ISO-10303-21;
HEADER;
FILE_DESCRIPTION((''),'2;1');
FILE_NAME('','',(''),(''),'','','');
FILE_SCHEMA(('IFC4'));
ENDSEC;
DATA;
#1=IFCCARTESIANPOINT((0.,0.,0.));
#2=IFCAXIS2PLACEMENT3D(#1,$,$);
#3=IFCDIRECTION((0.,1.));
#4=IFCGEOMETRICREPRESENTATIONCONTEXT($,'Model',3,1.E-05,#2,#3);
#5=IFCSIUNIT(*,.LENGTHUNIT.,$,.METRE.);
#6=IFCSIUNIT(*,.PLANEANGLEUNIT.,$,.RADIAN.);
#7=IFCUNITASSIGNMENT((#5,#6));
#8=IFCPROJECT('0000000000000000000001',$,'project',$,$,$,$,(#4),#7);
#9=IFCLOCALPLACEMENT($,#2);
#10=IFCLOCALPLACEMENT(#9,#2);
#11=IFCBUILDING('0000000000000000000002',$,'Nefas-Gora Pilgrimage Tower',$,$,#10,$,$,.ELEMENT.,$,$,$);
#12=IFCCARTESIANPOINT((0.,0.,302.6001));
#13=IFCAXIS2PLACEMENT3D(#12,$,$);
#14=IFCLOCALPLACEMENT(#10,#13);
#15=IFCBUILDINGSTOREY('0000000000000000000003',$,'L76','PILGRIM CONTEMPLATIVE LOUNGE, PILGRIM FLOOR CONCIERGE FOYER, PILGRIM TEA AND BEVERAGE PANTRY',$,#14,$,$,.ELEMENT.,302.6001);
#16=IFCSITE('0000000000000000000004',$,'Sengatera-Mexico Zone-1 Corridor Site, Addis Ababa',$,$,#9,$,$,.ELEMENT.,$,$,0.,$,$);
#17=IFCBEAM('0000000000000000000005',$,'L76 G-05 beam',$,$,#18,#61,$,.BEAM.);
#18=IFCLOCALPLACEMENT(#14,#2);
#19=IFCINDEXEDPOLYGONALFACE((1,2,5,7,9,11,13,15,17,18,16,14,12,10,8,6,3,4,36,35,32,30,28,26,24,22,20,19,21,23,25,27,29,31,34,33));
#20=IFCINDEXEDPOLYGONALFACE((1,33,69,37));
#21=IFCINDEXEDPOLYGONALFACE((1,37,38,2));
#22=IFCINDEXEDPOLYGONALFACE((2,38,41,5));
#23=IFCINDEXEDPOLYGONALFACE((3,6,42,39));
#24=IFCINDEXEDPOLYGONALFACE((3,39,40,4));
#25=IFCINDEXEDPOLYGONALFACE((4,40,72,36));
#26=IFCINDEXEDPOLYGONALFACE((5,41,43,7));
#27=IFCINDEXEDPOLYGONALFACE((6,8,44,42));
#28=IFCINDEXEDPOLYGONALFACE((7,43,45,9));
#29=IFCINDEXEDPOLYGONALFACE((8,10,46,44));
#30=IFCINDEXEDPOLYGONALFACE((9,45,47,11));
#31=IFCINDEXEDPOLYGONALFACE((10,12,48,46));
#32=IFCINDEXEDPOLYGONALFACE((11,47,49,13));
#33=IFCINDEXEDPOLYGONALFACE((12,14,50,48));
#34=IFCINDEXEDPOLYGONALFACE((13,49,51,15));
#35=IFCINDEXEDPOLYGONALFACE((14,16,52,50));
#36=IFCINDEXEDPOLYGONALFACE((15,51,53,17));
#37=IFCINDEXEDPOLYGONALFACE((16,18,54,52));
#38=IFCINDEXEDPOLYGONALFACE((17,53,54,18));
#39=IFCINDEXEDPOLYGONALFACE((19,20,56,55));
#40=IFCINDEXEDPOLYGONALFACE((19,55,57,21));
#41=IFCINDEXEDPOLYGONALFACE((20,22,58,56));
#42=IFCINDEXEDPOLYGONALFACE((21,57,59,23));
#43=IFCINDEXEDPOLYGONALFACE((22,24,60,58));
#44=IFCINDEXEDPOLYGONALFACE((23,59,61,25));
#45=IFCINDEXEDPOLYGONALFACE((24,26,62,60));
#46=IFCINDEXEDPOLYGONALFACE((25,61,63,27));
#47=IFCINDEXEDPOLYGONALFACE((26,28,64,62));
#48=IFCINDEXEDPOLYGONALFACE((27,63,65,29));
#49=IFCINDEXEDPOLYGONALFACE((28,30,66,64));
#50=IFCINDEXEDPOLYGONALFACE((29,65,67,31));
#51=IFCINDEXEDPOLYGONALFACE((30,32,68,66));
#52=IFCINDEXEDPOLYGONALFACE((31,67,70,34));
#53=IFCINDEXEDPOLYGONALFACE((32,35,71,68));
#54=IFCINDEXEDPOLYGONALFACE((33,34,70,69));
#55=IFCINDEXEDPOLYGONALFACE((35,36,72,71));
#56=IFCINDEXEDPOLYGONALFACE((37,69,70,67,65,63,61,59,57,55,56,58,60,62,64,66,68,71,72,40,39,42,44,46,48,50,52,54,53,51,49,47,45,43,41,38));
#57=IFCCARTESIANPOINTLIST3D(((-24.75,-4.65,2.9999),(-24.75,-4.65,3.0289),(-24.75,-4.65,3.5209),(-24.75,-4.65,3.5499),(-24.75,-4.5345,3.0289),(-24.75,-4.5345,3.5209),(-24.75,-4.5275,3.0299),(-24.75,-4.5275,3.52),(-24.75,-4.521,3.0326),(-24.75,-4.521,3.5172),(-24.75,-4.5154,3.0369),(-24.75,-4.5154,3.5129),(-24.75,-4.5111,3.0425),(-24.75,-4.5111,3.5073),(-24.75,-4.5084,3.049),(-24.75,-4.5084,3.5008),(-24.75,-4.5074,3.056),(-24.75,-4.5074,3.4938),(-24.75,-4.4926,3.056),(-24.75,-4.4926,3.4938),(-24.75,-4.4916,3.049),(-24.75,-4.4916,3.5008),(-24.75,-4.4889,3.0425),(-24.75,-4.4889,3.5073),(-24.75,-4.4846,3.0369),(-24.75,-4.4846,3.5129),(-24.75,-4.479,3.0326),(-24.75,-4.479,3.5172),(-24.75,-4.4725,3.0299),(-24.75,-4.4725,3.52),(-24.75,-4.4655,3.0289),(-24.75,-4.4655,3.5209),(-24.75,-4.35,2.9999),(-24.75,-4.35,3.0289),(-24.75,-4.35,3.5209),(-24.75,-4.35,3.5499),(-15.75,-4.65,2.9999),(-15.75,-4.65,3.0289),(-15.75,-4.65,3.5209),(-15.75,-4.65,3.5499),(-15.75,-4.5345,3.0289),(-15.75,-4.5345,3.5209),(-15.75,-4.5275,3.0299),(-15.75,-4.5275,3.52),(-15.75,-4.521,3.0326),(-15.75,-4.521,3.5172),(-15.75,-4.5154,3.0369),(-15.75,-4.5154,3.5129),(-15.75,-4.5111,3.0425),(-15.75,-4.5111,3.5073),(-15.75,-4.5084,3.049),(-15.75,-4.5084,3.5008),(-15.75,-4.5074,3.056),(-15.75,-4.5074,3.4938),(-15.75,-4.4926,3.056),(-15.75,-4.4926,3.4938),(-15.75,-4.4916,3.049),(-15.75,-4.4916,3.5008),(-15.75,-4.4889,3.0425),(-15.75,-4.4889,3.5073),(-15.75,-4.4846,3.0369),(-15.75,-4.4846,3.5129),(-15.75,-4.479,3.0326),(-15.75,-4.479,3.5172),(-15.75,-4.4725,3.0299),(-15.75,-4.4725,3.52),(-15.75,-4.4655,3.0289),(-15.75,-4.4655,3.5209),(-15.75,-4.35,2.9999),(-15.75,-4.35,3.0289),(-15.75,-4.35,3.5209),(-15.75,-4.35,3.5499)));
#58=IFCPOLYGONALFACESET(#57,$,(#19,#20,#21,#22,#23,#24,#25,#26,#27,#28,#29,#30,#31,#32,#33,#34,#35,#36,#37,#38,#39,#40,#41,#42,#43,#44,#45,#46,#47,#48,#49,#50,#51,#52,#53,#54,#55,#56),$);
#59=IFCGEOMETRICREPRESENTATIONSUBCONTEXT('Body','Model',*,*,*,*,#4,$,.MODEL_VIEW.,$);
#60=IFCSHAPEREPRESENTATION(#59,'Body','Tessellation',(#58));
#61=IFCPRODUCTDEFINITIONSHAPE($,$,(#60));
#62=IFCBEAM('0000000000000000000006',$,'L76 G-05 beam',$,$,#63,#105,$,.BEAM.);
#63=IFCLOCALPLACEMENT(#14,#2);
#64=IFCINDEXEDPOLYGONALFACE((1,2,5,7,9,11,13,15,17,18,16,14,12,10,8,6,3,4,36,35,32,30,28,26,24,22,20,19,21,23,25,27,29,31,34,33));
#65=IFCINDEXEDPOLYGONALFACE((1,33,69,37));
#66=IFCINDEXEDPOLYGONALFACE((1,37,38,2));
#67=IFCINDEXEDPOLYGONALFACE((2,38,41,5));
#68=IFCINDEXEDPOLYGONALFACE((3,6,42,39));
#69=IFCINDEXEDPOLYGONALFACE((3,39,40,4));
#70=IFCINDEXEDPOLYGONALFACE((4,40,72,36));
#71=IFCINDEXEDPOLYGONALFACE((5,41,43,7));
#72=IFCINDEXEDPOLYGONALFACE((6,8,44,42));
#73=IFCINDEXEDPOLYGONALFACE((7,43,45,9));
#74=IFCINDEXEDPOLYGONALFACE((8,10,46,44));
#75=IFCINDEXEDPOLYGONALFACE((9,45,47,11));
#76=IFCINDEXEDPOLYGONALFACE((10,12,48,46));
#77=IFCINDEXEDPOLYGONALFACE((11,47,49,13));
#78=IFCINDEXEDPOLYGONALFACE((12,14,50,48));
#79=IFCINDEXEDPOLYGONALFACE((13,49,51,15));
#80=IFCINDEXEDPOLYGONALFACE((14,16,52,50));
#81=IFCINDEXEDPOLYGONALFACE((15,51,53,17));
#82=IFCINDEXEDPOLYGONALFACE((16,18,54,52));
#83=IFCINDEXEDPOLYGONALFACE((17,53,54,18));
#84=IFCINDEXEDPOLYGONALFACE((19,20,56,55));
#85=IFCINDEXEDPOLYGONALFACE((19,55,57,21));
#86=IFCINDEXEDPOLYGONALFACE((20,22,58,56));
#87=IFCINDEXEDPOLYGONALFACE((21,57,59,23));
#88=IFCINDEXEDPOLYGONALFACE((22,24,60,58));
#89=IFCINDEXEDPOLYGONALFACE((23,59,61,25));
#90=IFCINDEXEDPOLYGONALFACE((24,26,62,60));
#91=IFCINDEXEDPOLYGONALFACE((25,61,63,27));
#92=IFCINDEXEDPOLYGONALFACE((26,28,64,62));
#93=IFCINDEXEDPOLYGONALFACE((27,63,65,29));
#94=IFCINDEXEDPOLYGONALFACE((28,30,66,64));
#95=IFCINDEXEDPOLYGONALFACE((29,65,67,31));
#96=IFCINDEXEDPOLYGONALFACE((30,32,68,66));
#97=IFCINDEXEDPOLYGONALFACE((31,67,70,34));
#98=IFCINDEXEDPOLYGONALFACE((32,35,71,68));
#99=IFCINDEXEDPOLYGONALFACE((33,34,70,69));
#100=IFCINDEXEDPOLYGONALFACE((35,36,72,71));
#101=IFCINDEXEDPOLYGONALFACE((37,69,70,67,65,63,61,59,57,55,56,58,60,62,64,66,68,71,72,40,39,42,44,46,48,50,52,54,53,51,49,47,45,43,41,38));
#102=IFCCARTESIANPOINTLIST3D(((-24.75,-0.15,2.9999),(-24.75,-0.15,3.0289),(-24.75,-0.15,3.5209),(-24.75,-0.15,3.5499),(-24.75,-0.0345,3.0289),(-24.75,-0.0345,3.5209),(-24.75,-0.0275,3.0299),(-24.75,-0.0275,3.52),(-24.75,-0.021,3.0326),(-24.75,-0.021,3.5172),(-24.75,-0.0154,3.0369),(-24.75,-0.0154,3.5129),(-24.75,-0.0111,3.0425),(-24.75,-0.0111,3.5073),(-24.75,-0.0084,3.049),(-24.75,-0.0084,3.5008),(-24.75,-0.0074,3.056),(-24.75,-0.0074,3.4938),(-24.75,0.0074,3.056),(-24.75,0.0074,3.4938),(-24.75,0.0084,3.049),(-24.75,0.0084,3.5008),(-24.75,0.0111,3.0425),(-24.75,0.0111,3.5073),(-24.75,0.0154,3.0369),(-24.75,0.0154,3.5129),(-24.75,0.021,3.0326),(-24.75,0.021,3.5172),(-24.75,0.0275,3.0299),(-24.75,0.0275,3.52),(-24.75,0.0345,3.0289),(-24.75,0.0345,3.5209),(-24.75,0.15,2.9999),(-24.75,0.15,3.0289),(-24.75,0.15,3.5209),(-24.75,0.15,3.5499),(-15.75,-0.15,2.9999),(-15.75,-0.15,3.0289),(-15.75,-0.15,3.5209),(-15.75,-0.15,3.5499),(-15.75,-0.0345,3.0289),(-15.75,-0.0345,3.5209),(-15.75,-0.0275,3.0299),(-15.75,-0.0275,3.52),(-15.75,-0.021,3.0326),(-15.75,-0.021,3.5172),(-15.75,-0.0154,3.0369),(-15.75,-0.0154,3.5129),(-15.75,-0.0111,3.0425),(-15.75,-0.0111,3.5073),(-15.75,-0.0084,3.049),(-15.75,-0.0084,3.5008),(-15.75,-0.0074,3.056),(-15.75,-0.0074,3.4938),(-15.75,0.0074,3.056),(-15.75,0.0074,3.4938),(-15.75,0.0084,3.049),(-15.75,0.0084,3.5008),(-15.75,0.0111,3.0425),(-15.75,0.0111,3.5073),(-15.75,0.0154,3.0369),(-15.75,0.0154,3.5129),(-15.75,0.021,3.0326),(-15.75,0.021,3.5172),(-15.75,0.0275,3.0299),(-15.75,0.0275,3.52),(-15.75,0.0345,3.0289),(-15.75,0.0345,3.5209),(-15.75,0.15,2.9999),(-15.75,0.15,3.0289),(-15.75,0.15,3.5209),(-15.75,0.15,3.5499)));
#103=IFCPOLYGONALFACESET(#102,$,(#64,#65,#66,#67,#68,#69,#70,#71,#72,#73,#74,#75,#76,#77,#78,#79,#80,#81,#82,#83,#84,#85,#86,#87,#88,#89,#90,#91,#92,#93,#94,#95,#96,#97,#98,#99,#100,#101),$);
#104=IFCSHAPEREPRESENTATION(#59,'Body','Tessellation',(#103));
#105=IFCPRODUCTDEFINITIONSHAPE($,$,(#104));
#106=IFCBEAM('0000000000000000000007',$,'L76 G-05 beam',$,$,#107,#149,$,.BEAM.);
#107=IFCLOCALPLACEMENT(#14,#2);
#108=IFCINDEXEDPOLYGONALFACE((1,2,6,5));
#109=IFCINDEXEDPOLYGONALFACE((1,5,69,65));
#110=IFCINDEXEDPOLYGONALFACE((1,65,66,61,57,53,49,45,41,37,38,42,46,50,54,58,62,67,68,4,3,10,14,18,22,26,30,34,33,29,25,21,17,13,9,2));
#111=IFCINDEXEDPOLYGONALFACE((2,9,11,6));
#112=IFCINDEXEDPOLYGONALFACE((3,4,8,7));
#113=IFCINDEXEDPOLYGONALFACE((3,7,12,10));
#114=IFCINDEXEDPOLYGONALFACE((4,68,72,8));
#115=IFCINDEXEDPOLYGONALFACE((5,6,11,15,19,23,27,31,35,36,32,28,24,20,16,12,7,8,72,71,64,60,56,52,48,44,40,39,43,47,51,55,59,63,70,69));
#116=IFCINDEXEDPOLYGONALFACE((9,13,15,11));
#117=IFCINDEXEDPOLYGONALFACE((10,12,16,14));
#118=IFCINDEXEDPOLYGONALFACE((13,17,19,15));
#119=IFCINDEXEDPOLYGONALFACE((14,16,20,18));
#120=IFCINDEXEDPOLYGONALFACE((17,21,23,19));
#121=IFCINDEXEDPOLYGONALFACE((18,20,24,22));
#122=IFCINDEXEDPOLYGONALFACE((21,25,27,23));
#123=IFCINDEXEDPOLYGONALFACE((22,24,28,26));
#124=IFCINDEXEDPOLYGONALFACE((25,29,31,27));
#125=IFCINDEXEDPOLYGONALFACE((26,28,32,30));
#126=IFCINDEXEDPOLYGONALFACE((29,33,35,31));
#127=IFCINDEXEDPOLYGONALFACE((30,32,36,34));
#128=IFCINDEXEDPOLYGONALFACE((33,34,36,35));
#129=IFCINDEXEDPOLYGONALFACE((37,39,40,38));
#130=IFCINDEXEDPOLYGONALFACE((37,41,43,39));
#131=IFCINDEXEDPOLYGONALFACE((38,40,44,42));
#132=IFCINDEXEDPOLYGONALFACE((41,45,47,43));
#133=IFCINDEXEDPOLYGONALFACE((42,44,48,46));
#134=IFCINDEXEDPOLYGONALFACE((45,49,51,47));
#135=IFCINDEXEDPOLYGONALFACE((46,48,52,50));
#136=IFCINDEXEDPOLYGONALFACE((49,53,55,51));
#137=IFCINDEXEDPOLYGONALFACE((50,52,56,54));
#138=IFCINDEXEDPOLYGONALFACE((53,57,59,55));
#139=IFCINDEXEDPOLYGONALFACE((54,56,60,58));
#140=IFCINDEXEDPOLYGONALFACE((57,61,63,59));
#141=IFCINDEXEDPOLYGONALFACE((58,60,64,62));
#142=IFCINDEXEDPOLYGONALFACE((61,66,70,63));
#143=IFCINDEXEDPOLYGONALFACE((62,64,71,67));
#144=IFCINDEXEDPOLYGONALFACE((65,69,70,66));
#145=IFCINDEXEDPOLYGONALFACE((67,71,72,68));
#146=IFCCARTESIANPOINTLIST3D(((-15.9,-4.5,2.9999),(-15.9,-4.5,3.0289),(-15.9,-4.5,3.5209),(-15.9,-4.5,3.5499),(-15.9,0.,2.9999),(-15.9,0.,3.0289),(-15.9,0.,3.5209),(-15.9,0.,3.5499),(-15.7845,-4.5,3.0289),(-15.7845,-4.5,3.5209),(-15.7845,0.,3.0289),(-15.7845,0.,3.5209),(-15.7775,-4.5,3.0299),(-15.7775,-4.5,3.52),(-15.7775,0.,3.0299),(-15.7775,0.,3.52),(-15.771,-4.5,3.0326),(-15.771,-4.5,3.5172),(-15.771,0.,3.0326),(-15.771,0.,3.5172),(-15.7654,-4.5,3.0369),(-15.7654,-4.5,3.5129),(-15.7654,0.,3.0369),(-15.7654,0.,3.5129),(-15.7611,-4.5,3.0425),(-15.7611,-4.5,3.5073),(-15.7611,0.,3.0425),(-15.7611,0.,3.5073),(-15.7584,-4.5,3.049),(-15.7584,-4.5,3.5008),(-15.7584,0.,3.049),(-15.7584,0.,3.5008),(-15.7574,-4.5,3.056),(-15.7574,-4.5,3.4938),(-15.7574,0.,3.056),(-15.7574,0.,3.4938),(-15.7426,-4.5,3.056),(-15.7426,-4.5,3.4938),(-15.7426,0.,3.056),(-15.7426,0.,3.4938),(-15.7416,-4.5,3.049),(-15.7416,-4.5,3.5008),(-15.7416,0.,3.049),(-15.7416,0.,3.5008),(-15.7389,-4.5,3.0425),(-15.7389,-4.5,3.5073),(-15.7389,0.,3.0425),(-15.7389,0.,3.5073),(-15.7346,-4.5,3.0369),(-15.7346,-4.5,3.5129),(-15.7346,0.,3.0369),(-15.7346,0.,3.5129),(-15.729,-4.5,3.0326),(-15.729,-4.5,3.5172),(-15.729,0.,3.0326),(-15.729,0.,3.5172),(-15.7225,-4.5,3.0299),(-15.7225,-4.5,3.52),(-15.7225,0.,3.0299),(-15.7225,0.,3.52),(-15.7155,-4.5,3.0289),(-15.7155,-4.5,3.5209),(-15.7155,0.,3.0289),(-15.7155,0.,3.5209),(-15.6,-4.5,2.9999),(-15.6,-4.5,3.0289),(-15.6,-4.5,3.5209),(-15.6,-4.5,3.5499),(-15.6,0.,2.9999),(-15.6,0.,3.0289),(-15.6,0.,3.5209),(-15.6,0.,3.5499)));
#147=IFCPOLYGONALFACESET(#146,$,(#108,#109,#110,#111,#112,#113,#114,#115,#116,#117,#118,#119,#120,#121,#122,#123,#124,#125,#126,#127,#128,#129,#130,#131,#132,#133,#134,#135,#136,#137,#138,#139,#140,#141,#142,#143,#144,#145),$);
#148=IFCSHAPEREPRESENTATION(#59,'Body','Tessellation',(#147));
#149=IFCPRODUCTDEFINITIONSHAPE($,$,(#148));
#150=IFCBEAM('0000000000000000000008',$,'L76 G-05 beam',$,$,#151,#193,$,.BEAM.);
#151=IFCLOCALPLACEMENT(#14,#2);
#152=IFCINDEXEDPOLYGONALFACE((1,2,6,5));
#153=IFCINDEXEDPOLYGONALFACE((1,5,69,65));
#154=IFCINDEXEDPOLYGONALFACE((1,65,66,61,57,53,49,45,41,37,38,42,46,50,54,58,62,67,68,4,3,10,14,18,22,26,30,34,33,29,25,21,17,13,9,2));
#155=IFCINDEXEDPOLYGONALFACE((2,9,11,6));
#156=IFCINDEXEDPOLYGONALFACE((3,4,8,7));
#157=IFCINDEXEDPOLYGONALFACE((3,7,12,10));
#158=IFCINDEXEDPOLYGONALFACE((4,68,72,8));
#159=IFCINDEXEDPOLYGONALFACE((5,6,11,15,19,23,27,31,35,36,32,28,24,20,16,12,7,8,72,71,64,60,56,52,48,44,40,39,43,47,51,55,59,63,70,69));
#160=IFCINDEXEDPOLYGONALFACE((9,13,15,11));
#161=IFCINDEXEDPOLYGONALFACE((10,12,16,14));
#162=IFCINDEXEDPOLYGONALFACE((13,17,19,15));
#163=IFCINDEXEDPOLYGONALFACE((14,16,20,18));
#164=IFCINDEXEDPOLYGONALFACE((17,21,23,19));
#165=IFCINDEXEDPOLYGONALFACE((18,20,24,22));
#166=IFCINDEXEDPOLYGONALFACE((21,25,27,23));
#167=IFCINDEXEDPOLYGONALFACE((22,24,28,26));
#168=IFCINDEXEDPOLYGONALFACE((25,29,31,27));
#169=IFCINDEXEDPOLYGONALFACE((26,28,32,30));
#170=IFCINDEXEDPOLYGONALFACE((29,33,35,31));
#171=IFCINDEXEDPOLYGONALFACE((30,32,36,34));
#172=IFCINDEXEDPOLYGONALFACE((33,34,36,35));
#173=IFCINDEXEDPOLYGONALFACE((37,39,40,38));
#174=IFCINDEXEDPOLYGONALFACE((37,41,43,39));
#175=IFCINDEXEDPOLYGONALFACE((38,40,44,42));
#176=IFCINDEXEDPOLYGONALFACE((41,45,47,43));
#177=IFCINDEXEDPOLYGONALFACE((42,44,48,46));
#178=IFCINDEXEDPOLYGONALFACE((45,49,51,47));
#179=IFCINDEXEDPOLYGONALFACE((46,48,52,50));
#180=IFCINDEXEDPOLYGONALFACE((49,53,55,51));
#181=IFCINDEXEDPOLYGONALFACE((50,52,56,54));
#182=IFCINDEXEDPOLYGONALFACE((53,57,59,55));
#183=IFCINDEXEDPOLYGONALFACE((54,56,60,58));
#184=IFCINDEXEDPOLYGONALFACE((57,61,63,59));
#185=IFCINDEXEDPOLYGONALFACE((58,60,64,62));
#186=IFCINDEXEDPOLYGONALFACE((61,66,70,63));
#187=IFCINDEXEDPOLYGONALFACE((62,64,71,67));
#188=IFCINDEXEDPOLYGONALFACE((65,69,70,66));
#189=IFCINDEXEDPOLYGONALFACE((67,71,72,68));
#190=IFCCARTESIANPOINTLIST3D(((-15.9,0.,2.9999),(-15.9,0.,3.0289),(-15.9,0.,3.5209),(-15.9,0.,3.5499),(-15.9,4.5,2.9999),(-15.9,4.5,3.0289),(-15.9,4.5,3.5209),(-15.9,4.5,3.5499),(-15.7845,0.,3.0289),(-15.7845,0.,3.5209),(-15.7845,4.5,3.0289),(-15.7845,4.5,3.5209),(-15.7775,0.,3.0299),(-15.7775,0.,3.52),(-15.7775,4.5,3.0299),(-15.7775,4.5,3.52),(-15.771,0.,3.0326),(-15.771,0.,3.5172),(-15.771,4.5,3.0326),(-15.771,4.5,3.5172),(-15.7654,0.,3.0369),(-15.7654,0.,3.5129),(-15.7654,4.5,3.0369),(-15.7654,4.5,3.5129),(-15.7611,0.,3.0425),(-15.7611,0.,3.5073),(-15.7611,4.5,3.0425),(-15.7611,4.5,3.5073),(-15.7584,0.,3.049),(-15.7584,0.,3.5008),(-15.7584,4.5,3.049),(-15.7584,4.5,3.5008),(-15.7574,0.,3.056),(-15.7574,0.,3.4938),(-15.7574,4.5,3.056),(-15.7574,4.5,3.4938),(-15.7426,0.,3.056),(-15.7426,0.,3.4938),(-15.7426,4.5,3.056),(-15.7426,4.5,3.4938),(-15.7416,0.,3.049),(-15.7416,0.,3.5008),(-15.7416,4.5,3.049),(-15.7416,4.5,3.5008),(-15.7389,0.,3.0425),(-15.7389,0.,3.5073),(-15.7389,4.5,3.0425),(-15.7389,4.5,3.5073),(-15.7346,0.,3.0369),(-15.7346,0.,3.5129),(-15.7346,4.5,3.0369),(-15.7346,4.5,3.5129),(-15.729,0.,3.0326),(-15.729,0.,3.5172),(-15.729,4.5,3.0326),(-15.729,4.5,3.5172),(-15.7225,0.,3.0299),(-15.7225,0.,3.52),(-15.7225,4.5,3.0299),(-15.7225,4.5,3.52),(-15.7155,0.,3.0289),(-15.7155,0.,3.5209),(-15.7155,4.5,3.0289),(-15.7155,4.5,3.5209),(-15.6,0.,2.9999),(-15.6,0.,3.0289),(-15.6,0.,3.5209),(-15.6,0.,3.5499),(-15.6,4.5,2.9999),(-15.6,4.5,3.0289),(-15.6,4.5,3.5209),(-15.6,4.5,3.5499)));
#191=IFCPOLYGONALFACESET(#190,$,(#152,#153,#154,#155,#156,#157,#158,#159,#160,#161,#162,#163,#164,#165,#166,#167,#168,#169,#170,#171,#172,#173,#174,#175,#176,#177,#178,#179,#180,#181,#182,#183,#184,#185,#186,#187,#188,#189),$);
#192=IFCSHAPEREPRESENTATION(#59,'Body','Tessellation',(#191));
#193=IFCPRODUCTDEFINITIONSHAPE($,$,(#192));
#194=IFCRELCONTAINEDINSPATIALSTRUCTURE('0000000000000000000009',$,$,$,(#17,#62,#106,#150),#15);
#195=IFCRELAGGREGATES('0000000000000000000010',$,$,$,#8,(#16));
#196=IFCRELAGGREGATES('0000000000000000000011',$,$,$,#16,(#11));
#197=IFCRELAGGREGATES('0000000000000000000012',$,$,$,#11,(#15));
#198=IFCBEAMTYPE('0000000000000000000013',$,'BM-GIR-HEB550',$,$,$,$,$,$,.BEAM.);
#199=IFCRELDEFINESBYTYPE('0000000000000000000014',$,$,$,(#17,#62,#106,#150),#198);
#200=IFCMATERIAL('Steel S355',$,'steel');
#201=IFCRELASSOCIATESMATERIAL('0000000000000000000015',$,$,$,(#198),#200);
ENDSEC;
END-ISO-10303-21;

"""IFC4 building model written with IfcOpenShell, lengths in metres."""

from ifc_helpers import new_model, si_unit, direction, frame, origin, origin_2d, place, context, subcontext, project, spatial, i_section, extrude, source, transform, mapped, material, material_profile, profile_set, type_object, element, save


model = new_model("IFC4")

# Units and contexts
model_context = context("Model", 3, precision=1e-05, world=origin(), true_north=direction((0.0, 1.0)))
body_context = subcontext(model_context, "Body", "Model", "MODEL_VIEW")
ifc_project = project(units=[si_unit("LENGTHUNIT", "METRE"), si_unit("PLANEANGLEUNIT", "RADIAN")], contexts=[model_context])

# Site, building, storey
site_placement = place(None, origin())
site = spatial("IfcSite", under=ifc_project, at=site_placement, Name="Sengatera-Mexico Zone-1 Corridor Site, Addis Ababa", CompositionType="ELEMENT", RefElevation=0.0)
building_placement = place(site_placement, origin())
building = spatial("IfcBuilding", under=site, at=building_placement, Name="Nefas-Gora Pilgrimage Tower", CompositionType="ELEMENT")
storey_placement = place(building_placement, frame((0.0, 0.0, 302.6001)))
storey = spatial("IfcBuildingStorey", under=building, at=storey_placement, Name="L76", Description="PILGRIM CONTEMPLATIVE LOUNGE, PILGRIM FLOOR CONCIERGE FOYER, PILGRIM TEA AND BEVERAGE PANTRY", CompositionType="ELEMENT", Elevation=302.6001)

# Shared definitions
ifc_material_1 = material(Name="Steel S355", Category="steel")

# Beams
ifc_material_profile_1 = material_profile(ifc_material_1, i_section(OverallWidth=0.3, OverallDepth=0.55, WebThickness=0.0149, FlangeThickness=0.0291, FilletRadius=0.0271, at=origin_2d()), Name="HEB 550")
ifc_profile_set_1 = profile_set([ifc_material_profile_1], Name="Steel S355")
beam_type_1 = type_object("IfcBeamType", Name="BM-GIR-HEB550", PredefinedType="BEAM", material=ifc_profile_set_1)
shared_shape_1 = source(origin(), body_context, "Body", "SweptSolid", [
    extrude(i_section(OverallWidth=0.3, OverallDepth=0.55, WebThickness=0.0149, FlangeThickness=0.0291, FilletRadius=0.0271, at=origin_2d()), origin(), (0.0, 0.0, 1.0), 9.0),
])
for number, where, z_axis, x_axis, name in (
    (1, (-24.75, -4.5, 3.2749), (1.0, 0.0, 0.0), (0.0, 1.0, 0.0), "L76 G-05 beam"),
    (2, (-24.75, 0.0, 3.2749), (1.0, 0.0, 0.0), (0.0, 1.0, 0.0), "L76 G-05 beam"),
):
    element("IfcBeam", number, at=place(storey_placement, frame(where, z_axis=z_axis, x_axis=x_axis)), inside=storey, type_object=beam_type_1, Name=name, PredefinedType="BEAM", context=body_context, shape_type="MappedRepresentation", body=[
        mapped(shared_shape_1, transform((0.0, 0.0, 0.0), x_axis=(1.0, 0.0, 0.0), y_axis=(0.0, 1.0, 0.0), z_axis=(0.0, 0.0, 1.0), scale=1.0)),
    ])
shared_shape_2 = source(origin(), body_context, "Body", "SweptSolid", [
    extrude(i_section(OverallWidth=0.3, OverallDepth=0.55, WebThickness=0.0149, FlangeThickness=0.0291, FilletRadius=0.0271, at=origin_2d()), origin(), (0.0, 0.0, 1.0), 4.5),
])
for number, where, z_axis, x_axis, name in (
    (3, (-15.75, -4.5, 3.2749), (0.0, 1.0, 0.0), (-1.0, 0.0, 0.0), "L76 G-05 beam"),
    (4, (-15.75, 0.0, 3.2749), (0.0, 1.0, 0.0), (-1.0, 0.0, 0.0), "L76 G-05 beam"),
):
    element("IfcBeam", number, at=place(storey_placement, frame(where, z_axis=z_axis, x_axis=x_axis)), inside=storey, type_object=beam_type_1, Name=name, PredefinedType="BEAM", context=body_context, shape_type="MappedRepresentation", body=[
        mapped(shared_shape_2, transform((0.0, 0.0, 0.0), x_axis=(1.0, 0.0, 0.0), y_axis=(0.0, 1.0, 0.0), z_axis=(0.0, 0.0, 1.0), scale=1.0)),
    ])

save(model, "model.ifc")
